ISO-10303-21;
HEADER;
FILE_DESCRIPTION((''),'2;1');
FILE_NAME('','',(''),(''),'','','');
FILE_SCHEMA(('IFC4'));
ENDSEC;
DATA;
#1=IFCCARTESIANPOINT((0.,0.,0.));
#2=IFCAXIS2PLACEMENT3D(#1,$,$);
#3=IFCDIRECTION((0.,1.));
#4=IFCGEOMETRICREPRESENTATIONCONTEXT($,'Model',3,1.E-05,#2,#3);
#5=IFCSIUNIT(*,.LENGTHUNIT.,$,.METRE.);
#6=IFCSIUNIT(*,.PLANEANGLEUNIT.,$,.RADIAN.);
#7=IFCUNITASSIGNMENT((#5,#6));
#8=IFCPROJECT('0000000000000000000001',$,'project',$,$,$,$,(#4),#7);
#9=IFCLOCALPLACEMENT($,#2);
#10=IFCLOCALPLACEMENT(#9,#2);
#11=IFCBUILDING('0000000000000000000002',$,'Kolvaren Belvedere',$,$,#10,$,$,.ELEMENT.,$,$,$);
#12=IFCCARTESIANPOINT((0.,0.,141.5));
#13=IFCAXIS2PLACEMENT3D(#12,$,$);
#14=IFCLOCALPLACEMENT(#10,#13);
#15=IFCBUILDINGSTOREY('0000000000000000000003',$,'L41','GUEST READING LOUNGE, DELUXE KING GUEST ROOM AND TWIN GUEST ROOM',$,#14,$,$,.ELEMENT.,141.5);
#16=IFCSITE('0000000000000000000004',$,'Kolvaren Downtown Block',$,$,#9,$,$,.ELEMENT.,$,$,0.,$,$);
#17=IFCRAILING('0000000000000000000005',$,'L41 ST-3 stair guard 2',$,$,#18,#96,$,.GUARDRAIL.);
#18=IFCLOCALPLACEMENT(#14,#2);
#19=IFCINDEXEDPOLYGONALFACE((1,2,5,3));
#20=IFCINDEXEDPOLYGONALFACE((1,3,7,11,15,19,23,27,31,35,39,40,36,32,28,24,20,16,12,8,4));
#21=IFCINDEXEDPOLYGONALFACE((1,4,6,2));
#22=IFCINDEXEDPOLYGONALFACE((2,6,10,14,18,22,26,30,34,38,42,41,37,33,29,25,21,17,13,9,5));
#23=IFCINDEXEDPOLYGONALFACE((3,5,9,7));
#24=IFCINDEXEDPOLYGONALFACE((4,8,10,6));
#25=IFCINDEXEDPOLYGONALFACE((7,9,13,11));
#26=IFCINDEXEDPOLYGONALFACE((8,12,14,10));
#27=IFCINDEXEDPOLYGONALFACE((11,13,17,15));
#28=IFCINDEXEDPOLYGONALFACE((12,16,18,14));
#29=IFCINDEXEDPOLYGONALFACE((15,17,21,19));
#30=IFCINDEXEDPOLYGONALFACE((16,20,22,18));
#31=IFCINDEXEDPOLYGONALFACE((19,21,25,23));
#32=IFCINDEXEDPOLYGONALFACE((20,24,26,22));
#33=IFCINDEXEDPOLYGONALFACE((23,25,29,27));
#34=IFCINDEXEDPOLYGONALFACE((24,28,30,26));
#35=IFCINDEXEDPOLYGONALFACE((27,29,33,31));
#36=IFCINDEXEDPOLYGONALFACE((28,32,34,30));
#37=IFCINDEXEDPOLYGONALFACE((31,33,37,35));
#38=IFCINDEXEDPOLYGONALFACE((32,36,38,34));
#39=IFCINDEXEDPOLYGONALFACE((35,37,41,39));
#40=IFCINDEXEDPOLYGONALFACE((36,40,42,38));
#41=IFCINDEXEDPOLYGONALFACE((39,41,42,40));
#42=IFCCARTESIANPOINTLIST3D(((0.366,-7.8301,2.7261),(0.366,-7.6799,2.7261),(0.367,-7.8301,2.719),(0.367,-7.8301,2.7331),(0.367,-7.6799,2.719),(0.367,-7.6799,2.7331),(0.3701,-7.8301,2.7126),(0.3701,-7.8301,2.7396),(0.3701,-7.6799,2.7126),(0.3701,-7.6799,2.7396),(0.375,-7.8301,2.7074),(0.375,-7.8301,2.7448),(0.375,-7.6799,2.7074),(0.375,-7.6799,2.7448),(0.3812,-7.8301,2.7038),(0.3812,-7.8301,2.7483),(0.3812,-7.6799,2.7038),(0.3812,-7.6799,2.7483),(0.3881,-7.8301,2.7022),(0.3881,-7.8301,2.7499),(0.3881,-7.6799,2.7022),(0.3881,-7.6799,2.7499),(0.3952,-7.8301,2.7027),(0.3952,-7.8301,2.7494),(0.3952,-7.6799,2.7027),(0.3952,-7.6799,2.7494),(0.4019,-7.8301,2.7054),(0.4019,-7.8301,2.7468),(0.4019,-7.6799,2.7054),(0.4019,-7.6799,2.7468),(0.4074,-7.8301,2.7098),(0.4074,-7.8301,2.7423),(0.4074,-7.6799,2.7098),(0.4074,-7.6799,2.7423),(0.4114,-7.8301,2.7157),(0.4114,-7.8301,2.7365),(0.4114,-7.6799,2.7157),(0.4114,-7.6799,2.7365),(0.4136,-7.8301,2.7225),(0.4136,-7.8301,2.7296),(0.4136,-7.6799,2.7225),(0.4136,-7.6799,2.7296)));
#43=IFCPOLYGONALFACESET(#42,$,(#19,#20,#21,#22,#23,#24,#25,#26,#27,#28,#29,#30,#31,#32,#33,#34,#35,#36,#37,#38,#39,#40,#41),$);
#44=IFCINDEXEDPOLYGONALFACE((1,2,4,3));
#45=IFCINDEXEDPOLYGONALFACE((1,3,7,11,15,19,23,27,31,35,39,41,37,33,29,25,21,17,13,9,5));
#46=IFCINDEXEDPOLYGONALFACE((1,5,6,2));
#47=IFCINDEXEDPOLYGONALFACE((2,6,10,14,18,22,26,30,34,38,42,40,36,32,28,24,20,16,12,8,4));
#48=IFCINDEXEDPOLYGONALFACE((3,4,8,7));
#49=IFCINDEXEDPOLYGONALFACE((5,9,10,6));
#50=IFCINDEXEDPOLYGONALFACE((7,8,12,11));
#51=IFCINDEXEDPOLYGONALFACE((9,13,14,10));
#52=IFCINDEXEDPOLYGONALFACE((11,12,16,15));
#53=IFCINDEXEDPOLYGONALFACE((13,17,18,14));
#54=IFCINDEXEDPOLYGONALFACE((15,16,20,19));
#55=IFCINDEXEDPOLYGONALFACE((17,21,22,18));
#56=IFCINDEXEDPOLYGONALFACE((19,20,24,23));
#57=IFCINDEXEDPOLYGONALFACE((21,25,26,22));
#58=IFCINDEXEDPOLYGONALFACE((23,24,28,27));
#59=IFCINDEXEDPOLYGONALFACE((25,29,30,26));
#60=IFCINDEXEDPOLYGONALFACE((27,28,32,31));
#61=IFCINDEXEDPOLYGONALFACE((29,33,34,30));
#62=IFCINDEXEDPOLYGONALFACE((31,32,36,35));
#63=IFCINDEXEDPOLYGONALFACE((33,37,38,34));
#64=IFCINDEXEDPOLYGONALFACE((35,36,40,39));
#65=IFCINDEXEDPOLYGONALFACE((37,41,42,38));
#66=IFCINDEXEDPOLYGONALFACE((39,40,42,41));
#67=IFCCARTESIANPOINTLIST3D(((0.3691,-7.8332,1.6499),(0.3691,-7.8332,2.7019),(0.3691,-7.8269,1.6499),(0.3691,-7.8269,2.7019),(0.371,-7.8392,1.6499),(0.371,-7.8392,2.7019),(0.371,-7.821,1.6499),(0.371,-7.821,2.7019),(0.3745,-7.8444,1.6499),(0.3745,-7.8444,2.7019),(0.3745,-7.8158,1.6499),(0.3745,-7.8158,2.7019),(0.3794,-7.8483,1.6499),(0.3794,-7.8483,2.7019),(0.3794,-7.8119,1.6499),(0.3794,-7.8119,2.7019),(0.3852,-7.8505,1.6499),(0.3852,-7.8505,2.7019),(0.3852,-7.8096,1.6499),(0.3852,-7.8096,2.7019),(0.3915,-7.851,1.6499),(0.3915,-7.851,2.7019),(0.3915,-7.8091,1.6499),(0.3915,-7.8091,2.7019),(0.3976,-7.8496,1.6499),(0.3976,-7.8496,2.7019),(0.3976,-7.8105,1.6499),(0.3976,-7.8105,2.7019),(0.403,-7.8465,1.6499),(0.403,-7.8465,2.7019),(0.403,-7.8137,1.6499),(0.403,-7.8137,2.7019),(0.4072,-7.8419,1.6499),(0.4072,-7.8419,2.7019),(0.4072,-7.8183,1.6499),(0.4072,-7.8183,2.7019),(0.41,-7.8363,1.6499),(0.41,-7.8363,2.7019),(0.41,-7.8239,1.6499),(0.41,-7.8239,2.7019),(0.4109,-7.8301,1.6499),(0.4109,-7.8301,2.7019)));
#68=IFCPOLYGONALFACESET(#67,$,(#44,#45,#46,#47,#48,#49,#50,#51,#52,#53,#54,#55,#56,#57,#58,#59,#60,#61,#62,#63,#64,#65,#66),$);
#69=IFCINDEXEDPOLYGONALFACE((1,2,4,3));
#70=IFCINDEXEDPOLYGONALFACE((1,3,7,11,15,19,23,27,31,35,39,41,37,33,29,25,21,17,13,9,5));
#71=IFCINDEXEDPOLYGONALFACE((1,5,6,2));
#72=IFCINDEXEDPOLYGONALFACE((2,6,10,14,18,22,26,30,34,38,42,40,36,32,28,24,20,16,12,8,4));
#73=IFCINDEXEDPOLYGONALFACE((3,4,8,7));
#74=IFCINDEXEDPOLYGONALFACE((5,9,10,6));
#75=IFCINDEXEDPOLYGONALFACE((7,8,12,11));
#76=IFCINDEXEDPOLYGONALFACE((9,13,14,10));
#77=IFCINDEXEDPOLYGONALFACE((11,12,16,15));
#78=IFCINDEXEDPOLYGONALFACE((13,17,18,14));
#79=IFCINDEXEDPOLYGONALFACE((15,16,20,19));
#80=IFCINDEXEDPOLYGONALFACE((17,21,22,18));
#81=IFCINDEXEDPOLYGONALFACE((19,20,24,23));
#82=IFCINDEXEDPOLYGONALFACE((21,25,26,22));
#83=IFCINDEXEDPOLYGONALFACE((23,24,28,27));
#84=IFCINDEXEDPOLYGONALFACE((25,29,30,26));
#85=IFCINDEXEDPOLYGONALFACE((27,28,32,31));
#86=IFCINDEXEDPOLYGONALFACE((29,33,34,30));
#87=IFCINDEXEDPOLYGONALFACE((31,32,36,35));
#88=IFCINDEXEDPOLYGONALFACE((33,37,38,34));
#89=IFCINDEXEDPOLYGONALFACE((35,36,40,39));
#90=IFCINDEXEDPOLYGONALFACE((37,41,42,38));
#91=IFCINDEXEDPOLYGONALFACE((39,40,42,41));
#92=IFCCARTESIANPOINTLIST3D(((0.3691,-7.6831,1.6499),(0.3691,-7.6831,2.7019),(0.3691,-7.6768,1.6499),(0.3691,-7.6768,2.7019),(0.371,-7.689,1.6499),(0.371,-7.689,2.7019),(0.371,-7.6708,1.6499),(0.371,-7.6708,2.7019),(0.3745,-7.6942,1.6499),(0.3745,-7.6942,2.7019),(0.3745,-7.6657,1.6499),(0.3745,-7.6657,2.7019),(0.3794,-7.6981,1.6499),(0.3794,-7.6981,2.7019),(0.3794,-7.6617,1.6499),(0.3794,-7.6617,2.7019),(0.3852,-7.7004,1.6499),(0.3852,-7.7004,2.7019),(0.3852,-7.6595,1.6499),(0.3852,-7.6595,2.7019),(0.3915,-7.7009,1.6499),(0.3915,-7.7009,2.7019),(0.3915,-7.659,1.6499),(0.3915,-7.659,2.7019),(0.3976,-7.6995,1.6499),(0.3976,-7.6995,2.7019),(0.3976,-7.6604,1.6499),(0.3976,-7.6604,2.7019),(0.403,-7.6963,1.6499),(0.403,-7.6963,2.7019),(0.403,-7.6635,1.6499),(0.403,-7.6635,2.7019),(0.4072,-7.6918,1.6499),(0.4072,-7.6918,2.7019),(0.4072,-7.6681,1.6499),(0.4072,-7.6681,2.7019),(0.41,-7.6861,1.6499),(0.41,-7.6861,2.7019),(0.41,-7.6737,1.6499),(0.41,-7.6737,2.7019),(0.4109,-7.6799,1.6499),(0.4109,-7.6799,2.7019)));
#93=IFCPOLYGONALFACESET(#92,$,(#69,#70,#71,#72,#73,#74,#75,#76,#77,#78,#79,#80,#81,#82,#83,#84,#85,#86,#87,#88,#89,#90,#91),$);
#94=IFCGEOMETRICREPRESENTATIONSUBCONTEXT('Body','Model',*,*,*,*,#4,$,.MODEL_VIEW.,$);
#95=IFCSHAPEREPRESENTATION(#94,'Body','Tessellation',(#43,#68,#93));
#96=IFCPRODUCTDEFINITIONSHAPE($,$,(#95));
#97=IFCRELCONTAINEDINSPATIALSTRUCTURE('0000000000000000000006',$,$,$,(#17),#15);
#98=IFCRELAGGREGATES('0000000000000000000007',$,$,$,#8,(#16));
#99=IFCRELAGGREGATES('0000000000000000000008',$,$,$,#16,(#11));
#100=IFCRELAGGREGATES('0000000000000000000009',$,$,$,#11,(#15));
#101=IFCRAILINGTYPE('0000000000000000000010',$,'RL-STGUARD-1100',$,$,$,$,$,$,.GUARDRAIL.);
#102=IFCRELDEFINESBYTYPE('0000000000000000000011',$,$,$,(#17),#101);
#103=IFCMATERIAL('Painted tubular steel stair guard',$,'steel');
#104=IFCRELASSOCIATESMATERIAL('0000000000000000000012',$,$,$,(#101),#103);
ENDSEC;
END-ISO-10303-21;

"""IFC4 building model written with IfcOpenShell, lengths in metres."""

from ifc_helpers import new_model, si_unit, direction, frame, origin, origin_2d, place, context, subcontext, project, spatial, circle, extrude, material, type_object, element, save


model = new_model("IFC4")

# Units and contexts
model_context = context("Model", 3, precision=1e-05, world=origin(), true_north=direction((0.0, 1.0)))
body_context = subcontext(model_context, "Body", "Model", "MODEL_VIEW")
ifc_project = project(units=[si_unit("LENGTHUNIT", "METRE"), si_unit("PLANEANGLEUNIT", "RADIAN")], contexts=[model_context])

# Site, building, storey
site_placement = place(None, origin())
site = spatial("IfcSite", under=ifc_project, at=site_placement, Name="Kolvaren Downtown Block", CompositionType="ELEMENT", RefElevation=0.0)
building_placement = place(site_placement, origin())
building = spatial("IfcBuilding", under=site, at=building_placement, Name="Kolvaren Belvedere", CompositionType="ELEMENT")
storey_placement = place(building_placement, frame((0.0, 0.0, 141.5)))
storey = spatial("IfcBuildingStorey", under=building, at=storey_placement, Name="L41", Description="GUEST READING LOUNGE, DELUXE KING GUEST ROOM AND TWIN GUEST ROOM", CompositionType="ELEMENT", Elevation=141.5)

# Railing
ifc_material_1 = material(Name="Painted tubular steel stair guard", Category="steel")
railing_type_1 = type_object("IfcRailingType", Name="RL-STGUARD-1100", PredefinedType="GUARDRAIL", material=ifc_material_1)
railing_1_placement = place(storey_placement, frame((0.3899, -7.8301, 1.6499)))
element("IfcRailing", 1, at=railing_1_placement, inside=storey, type_object=railing_type_1, Name="L41 ST-3 stair guard 2", PredefinedType="GUARDRAIL", context=body_context, shape_type="SweptSolid", body=[
    extrude(circle(Radius=0.0239, at=origin_2d()), frame((0.0, 0.0, 1.0762), z_axis=(0.0, 1.0, 0.0), x_axis=(-1.0, 0.0, 0.0)), (0.0, 0.0, 1.0), 0.1501),
    extrude(circle(Radius=0.021, at=origin_2d()), origin(), (0.0, 0.0, 1.0), 1.052),
    extrude(circle(Radius=0.021, at=origin_2d()), frame((0.0, 0.1501, 0.0)), (0.0, 0.0, 1.0), 1.052),
])

save(model, "model.ifc")
